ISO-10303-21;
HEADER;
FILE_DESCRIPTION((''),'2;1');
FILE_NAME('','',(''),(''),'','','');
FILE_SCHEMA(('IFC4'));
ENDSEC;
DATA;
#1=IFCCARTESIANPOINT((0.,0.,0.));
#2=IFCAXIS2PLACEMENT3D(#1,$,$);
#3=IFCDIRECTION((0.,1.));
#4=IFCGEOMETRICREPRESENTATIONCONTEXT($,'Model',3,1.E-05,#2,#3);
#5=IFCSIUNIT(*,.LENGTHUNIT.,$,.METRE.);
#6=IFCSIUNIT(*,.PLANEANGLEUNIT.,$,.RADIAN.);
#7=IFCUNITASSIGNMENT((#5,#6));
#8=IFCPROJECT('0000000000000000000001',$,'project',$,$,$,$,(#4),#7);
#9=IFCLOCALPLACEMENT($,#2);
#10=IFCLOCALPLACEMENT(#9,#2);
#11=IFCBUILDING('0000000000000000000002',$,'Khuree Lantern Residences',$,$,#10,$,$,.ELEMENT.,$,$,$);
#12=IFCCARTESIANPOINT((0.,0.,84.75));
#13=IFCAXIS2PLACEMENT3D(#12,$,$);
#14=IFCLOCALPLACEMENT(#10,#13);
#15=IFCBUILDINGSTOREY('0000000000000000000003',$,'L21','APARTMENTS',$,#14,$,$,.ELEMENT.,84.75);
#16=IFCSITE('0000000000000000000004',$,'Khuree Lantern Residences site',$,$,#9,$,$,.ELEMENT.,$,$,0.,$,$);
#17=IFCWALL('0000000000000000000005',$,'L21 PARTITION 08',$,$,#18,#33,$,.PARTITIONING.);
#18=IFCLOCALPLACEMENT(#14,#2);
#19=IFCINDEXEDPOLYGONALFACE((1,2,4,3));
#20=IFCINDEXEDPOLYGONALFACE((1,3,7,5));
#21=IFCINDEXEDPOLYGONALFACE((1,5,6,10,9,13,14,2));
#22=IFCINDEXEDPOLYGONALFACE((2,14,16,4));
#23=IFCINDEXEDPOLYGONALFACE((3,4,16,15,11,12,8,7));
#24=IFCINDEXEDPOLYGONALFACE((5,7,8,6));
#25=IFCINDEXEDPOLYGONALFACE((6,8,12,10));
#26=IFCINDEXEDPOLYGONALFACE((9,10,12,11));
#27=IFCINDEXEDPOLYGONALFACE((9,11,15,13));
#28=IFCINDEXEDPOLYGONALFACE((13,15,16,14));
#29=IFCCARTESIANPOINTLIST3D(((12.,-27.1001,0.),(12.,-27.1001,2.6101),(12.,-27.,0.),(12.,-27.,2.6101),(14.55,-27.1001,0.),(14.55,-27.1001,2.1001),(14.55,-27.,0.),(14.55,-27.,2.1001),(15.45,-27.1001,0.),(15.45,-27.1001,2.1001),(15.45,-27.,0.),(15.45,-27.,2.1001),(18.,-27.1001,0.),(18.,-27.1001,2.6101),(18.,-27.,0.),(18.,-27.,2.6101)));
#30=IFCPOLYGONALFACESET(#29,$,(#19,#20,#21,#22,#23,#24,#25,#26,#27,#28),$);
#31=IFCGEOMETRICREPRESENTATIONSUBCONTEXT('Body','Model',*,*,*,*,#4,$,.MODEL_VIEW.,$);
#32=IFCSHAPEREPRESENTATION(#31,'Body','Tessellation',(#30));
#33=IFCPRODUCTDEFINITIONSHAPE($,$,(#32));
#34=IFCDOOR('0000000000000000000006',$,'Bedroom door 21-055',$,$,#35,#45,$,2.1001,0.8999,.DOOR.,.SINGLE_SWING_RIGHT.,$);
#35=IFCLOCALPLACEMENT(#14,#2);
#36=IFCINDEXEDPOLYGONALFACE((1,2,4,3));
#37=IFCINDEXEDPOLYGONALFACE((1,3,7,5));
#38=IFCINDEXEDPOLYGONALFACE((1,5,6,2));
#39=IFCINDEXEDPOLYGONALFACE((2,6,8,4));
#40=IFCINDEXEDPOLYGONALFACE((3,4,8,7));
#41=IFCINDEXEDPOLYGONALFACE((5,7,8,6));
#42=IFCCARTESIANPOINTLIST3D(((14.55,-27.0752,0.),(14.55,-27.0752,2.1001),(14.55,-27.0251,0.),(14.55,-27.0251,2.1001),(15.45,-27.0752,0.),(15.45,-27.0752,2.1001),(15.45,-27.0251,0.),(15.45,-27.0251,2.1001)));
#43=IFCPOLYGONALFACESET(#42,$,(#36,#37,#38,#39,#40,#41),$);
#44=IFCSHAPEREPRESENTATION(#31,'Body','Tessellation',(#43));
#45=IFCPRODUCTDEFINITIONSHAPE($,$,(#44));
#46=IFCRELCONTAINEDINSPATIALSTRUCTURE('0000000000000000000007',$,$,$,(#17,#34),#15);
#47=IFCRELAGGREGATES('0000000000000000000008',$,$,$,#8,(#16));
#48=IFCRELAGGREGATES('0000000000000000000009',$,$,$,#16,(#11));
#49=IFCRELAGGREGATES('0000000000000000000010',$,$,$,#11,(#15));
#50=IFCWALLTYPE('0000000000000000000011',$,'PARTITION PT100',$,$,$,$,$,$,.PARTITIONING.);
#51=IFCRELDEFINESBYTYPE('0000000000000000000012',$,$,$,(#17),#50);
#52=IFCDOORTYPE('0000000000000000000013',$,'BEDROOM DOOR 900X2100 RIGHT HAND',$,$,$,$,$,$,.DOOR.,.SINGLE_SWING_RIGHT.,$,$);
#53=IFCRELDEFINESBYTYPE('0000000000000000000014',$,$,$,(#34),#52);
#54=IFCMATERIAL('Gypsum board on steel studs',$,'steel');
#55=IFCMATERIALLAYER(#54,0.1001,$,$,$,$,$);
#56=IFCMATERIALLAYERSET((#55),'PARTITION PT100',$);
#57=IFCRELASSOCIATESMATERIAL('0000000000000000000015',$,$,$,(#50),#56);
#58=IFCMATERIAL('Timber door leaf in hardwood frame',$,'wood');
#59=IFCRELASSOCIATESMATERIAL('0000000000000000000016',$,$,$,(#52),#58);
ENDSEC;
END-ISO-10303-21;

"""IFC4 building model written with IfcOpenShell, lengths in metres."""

from ifc_helpers import new_model, si_unit, direction, frame, frame_2d, origin, place, context, subcontext, project, spatial, rectangle, extrude, material, layer, layer_set, type_object, element, fill, save


model = new_model("IFC4")

# Units and contexts
model_context = context("Model", 3, precision=1e-05, world=origin(), true_north=direction((0.0, 1.0)))
body_context = subcontext(model_context, "Body", "Model", "MODEL_VIEW")
ifc_project = project(units=[si_unit("LENGTHUNIT", "METRE"), si_unit("PLANEANGLEUNIT", "RADIAN")], contexts=[model_context])

# Site, building, storey
site_placement = place(None, origin())
site = spatial("IfcSite", under=ifc_project, at=site_placement, Name="Khuree Lantern Residences site", CompositionType="ELEMENT", RefElevation=0.0)
building_placement = place(site_placement, origin())
building = spatial("IfcBuilding", under=site, at=building_placement, Name="Khuree Lantern Residences", CompositionType="ELEMENT")
storey_placement = place(building_placement, frame((0.0, 0.0, 84.75)))
storey = spatial("IfcBuildingStorey", under=building, at=storey_placement, Name="L21", Description="APARTMENTS", CompositionType="ELEMENT", Elevation=84.75)

# Shared definitions
ifc_material_1 = material(Name="Gypsum board on steel studs", Category="steel")
ifc_layer_1 = layer(ifc_material_1, 0.1001)
ifc_layer_set_1 = layer_set([ifc_layer_1], Name="PARTITION PT100")
wall_type_1 = type_object("IfcWallType", Name="PARTITION PT100", PredefinedType="PARTITIONING", material=ifc_layer_set_1)

# Wall, opening, door
ifc_material_2 = material(Name="Timber door leaf in hardwood frame", Category="wood")
wall_1_placement = place(storey_placement, frame((12.0, -27.05, 0.0), z_axis=(0.0, 0.0, 1.0), x_axis=(1.0, 0.0, 0.0)))
wall_1 = element("IfcWall", 1, at=wall_1_placement, inside=storey, type_object=wall_type_1, Name="L21 PARTITION 08", PredefinedType="PARTITIONING", context=body_context, shape_type="SweptSolid", body=[
    extrude(rectangle(XDim=6.0, YDim=0.1001, at=frame_2d((3.0, 0.0))), origin(), (0.0, 0.0, 1.0), 2.6101),
])
opening_1_placement = place(wall_1_placement, frame((2.55, 0.0, 0.0)))
opening_1 = element("IfcOpeningElement", 2, at=opening_1_placement, cuts=wall_1, PredefinedType="OPENING", context=body_context, shape_type="SweptSolid", body=[
    extrude(rectangle(XDim=0.8999, YDim=2.1001, at=frame_2d((0.45, 1.05))), frame((0.0, 0.0601, 0.0), z_axis=(0.0, -1.0, 0.0), x_axis=(1.0, 0.0, 0.0)), (0.0, 0.0, 1.0), 0.1201),
])
door_type_1 = type_object("IfcDoorType", Name="BEDROOM DOOR 900X2100 RIGHT HAND", OperationType="SINGLE_SWING_RIGHT", PredefinedType="DOOR", material=ifc_material_2)
door_1_placement = place(opening_1_placement, origin())
door_1 = element("IfcDoor", 3, at=door_1_placement, inside=storey, type_object=door_type_1, Name="Bedroom door 21-055", OperationType="SINGLE_SWING_RIGHT", OverallHeight=2.1001, OverallWidth=0.8999, PredefinedType="DOOR", context=body_context, shape_type="SweptSolid", body=[
    extrude(rectangle(XDim=0.8999, YDim=2.1001, at=frame_2d((0.45, 1.05))), frame((0.0, 0.0249, 0.0), z_axis=(0.0, -1.0, 0.0), x_axis=(1.0, 0.0, 0.0)), (0.0, 0.0, 1.0), 0.05),
])
fill(opening_1, door_1)

save(model, "model.ifc")
